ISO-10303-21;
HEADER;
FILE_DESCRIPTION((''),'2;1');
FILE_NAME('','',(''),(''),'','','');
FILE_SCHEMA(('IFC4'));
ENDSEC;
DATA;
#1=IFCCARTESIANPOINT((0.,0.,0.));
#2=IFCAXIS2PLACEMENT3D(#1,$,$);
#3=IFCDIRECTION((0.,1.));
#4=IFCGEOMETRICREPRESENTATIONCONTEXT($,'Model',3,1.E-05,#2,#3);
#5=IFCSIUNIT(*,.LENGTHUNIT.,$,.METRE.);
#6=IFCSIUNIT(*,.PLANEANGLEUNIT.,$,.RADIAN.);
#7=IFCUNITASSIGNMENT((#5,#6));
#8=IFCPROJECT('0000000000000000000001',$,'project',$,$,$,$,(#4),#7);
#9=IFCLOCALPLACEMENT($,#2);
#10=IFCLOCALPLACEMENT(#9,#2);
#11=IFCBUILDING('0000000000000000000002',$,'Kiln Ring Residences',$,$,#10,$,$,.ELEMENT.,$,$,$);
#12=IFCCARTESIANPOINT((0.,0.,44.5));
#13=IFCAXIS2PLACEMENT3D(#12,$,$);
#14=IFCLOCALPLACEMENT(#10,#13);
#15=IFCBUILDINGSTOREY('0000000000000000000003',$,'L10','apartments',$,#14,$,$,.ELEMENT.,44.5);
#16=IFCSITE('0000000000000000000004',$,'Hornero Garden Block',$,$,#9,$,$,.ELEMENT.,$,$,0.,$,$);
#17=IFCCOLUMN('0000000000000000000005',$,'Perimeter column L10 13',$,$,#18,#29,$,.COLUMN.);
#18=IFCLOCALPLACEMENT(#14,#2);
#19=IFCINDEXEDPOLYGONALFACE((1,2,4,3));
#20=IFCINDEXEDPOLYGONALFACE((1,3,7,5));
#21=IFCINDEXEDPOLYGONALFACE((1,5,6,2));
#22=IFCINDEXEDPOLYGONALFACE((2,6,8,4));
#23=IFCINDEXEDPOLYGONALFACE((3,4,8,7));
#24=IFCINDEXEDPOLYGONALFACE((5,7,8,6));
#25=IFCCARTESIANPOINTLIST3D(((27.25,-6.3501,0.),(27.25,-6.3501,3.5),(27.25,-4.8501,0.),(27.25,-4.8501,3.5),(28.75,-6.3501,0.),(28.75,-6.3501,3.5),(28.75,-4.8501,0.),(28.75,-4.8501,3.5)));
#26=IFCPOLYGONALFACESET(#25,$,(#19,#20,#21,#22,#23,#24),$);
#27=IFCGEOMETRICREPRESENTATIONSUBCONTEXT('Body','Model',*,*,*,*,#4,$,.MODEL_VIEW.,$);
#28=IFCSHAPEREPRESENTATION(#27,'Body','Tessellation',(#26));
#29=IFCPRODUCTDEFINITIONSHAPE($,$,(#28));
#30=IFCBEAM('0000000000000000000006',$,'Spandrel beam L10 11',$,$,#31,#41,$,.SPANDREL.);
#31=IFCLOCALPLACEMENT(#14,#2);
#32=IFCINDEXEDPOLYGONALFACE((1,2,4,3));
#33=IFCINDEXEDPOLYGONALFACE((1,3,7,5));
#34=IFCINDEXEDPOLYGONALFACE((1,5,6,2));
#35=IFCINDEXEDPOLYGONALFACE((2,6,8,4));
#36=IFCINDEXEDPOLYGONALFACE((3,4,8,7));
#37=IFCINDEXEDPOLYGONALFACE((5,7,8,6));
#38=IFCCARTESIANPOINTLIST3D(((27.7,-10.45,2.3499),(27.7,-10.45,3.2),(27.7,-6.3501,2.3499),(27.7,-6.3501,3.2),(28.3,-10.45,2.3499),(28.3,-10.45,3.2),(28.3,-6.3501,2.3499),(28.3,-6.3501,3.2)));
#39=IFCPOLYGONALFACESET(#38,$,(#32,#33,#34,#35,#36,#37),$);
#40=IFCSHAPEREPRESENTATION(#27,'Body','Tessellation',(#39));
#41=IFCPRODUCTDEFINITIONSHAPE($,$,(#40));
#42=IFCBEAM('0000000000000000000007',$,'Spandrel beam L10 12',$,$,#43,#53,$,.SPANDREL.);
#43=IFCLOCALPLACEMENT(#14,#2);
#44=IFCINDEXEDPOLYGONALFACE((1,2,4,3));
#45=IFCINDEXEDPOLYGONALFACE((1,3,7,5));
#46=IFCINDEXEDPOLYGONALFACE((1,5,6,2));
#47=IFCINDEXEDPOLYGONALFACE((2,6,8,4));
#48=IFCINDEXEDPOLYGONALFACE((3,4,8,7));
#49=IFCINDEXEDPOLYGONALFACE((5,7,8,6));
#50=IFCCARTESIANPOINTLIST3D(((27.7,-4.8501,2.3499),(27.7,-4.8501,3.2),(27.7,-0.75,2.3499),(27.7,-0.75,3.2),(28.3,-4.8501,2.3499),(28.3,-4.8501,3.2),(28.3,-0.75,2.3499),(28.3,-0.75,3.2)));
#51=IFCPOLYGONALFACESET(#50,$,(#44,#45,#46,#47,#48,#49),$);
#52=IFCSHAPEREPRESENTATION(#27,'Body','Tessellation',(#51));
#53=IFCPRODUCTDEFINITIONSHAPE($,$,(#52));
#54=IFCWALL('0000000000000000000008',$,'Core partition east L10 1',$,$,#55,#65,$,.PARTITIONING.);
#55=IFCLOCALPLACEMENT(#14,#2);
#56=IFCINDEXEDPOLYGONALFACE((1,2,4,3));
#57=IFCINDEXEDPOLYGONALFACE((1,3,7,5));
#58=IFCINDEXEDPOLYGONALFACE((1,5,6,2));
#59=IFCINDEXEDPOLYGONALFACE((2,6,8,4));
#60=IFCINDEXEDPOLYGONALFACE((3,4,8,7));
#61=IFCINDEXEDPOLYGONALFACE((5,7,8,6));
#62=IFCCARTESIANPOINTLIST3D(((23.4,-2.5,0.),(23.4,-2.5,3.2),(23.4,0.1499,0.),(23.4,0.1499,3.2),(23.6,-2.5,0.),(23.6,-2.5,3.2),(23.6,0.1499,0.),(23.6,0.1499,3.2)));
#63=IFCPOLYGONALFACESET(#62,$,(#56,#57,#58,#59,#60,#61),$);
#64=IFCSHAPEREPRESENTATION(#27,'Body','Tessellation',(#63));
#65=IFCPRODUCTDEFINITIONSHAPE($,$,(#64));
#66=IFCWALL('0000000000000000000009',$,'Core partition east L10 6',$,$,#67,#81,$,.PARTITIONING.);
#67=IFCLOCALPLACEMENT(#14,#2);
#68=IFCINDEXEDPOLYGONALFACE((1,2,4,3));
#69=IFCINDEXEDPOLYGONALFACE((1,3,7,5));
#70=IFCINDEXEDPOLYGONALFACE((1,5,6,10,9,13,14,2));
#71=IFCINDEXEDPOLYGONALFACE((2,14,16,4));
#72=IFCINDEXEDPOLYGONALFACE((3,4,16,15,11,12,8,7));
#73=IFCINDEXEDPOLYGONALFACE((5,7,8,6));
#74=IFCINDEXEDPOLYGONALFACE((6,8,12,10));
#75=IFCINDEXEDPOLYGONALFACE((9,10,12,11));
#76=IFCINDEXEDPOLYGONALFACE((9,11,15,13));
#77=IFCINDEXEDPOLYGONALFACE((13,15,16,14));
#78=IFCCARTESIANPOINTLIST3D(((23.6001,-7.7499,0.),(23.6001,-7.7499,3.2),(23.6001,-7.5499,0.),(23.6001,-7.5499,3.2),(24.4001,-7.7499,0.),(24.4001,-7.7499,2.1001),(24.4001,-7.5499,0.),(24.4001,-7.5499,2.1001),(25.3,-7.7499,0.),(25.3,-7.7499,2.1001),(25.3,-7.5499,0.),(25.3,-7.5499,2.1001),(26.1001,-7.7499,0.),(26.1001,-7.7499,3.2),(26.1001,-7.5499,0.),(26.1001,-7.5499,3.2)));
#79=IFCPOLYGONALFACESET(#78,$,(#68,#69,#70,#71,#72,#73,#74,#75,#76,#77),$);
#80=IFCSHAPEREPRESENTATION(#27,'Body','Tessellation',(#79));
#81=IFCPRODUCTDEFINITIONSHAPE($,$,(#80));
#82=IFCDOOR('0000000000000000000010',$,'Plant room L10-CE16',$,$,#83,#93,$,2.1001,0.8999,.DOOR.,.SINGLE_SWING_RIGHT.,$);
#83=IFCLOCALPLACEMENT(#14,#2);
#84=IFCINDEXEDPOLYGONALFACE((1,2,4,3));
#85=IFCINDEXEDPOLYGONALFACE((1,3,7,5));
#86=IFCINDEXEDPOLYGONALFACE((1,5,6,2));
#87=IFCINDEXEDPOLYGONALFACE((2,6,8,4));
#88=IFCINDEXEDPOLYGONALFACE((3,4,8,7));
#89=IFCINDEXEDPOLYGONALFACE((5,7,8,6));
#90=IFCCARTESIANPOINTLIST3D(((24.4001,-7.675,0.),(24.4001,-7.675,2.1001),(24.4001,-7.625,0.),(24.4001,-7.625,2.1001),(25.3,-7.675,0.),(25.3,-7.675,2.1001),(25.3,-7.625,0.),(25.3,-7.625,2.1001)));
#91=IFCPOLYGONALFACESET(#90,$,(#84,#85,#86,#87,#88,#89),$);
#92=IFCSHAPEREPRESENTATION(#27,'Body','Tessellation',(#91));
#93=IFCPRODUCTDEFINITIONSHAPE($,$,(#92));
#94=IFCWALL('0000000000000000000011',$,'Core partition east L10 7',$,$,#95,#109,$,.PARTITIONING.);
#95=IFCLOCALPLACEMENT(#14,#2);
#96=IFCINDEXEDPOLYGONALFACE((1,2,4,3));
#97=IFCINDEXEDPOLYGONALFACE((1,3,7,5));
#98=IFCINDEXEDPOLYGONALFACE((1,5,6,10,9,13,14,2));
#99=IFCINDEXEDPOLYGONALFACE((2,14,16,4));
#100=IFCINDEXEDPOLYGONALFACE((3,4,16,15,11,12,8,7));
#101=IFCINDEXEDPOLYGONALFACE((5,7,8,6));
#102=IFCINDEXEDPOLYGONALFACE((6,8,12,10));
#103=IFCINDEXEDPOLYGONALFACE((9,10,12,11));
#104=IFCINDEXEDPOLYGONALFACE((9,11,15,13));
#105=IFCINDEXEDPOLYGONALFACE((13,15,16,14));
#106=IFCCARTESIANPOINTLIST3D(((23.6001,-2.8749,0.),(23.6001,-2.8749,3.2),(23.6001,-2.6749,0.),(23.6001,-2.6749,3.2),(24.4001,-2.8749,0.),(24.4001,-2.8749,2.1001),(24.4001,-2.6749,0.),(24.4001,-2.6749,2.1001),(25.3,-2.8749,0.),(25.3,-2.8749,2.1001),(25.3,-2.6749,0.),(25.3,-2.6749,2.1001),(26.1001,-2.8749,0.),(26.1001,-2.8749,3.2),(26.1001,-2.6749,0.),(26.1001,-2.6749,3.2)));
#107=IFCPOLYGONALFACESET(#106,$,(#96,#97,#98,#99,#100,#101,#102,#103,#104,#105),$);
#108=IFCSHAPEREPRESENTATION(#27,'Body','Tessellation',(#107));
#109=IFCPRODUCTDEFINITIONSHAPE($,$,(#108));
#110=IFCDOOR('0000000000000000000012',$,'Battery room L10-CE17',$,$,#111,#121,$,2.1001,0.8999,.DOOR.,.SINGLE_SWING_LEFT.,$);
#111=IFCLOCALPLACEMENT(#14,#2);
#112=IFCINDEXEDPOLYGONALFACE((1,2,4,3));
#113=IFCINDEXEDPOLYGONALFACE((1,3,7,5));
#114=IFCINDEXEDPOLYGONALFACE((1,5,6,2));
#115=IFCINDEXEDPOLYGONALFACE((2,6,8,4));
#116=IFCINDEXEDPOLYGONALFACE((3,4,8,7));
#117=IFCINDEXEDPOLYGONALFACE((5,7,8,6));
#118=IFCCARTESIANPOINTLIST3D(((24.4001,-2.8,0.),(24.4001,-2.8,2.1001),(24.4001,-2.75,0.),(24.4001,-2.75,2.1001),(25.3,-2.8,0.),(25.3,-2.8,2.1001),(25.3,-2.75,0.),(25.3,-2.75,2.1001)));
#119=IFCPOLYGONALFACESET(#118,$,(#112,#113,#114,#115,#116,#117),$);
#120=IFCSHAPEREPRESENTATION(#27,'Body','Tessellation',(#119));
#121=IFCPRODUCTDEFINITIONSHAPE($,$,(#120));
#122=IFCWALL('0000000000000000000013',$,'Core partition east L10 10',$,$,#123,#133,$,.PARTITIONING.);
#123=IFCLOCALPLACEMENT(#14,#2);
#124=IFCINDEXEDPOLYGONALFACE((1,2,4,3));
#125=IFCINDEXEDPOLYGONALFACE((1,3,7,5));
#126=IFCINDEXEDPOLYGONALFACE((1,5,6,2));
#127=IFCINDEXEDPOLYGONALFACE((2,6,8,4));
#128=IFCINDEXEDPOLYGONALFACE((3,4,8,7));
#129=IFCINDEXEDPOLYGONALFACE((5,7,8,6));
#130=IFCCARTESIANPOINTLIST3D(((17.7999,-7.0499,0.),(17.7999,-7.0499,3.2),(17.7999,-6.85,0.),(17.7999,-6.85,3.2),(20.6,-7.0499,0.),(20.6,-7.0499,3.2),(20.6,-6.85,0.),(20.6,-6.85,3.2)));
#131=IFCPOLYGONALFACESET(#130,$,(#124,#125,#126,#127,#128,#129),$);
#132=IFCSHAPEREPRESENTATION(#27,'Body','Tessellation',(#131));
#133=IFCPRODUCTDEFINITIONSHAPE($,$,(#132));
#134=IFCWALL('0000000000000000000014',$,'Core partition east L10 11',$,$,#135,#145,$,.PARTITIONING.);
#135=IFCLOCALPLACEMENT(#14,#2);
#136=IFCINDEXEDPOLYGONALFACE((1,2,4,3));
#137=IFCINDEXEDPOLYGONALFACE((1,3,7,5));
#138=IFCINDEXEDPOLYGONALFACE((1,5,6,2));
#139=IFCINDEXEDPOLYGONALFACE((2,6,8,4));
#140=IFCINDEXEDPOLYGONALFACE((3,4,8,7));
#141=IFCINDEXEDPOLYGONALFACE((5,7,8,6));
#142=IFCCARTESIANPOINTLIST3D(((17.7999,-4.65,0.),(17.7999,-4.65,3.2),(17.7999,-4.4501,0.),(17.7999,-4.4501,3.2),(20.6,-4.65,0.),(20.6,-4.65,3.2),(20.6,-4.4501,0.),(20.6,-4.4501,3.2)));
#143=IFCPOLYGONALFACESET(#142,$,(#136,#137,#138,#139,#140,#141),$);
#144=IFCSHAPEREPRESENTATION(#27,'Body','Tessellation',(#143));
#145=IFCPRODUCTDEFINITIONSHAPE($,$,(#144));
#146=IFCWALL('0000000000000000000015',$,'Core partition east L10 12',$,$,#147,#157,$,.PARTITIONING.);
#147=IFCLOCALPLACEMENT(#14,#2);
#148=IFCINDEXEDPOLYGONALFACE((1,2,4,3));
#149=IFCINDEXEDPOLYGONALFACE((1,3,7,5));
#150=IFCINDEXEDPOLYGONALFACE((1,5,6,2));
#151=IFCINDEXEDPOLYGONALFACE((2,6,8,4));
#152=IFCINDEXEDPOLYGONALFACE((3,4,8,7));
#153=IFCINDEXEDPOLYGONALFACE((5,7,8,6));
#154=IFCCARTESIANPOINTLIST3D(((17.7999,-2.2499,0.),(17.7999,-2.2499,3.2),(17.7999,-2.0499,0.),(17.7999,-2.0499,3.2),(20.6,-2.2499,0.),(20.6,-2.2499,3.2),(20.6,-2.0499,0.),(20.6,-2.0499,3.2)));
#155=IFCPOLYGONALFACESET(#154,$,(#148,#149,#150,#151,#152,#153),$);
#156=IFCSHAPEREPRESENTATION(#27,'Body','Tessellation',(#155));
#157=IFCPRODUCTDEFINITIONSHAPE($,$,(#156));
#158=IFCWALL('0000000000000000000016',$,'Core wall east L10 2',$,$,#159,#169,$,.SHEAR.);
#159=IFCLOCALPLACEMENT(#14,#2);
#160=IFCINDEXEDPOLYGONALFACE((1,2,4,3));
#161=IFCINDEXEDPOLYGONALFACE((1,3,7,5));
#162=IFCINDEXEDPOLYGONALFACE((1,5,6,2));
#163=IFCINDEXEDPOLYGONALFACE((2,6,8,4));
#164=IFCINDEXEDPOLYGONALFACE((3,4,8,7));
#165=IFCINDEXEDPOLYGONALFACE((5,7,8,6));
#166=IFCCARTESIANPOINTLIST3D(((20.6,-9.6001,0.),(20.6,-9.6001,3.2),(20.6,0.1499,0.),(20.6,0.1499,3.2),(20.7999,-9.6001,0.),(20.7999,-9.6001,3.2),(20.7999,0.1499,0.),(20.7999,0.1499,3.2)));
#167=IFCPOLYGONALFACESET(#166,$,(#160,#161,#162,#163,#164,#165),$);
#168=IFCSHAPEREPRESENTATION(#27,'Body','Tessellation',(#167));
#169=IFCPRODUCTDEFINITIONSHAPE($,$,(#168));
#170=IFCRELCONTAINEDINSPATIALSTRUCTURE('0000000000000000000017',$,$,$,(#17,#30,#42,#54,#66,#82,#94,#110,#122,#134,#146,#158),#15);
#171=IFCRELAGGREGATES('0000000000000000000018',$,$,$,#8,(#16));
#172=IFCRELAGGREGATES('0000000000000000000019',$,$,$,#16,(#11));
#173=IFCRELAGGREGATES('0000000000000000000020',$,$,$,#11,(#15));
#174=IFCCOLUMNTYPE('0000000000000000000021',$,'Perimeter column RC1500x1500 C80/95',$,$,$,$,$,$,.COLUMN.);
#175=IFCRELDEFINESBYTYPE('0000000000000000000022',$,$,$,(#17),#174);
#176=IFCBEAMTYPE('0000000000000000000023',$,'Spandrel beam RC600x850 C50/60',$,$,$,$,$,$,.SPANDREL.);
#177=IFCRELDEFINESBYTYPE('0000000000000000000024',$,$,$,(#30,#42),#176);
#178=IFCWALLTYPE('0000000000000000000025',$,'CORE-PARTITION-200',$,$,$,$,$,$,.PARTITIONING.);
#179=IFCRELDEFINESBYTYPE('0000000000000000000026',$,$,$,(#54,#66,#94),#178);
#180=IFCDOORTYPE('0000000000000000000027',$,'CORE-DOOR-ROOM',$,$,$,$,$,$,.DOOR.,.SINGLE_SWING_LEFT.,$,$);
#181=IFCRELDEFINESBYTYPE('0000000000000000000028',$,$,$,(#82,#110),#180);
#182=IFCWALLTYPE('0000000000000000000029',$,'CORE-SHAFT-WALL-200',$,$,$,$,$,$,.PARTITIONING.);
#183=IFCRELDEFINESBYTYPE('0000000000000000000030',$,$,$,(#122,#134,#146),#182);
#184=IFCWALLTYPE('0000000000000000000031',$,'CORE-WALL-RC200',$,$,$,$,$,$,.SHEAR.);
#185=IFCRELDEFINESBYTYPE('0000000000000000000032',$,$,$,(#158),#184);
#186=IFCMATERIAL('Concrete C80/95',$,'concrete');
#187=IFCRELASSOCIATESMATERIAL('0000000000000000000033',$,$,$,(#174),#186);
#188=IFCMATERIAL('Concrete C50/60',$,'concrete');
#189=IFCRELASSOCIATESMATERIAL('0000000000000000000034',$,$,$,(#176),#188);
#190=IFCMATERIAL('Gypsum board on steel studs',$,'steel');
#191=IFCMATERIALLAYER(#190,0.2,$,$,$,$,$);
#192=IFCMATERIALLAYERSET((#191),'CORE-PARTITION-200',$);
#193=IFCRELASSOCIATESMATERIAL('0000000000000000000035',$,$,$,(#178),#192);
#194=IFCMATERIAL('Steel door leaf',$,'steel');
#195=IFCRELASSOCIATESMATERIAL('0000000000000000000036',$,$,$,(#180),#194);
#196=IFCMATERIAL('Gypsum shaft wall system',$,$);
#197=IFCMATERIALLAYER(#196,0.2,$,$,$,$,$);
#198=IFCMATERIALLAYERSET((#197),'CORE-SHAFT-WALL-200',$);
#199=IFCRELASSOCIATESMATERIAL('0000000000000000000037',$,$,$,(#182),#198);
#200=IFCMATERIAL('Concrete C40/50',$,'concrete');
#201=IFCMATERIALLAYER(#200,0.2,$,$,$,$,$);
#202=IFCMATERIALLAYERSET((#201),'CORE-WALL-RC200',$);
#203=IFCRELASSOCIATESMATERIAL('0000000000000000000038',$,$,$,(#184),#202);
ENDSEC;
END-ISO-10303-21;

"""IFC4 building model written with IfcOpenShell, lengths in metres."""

from ifc_helpers import new_model, si_unit, direction, frame, frame_2d, origin, origin_2d, place, context, subcontext, project, spatial, rectangle, extrude, material, layer, layer_set, material_profile, profile_set, type_object, element, fill, save


model = new_model("IFC4")

# Units and contexts
model_context = context("Model", 3, precision=1e-05, world=origin(), true_north=direction((0.0, 1.0)))
body_context = subcontext(model_context, "Body", "Model", "MODEL_VIEW")
ifc_project = project(units=[si_unit("LENGTHUNIT", "METRE"), si_unit("PLANEANGLEUNIT", "RADIAN")], contexts=[model_context])

# Site, building, storey
site_placement = place(None, origin())
site = spatial("IfcSite", under=ifc_project, at=site_placement, Name="Hornero Garden Block", CompositionType="ELEMENT", RefElevation=0.0)
building_placement = place(site_placement, origin())
building = spatial("IfcBuilding", under=site, at=building_placement, Name="Kiln Ring Residences", CompositionType="ELEMENT")
storey_placement = place(building_placement, frame((0.0, 0.0, 44.5)))
storey = spatial("IfcBuildingStorey", under=building, at=storey_placement, Name="L10", Description="apartments", CompositionType="ELEMENT", Elevation=44.5)

# Column
ifc_material_1 = material(Name="Concrete C80/95", Category="concrete")
ifc_material_profile_1 = material_profile(ifc_material_1, rectangle(XDim=1.5, YDim=1.5, at=origin_2d()), Name="RC1500x1500")
ifc_profile_set_1 = profile_set([ifc_material_profile_1], Name="Concrete C80/95")
column_type = type_object("IfcColumnType", Name="Perimeter column RC1500x1500 C80/95", PredefinedType="COLUMN", material=ifc_profile_set_1)
column_placement = place(storey_placement, frame((28.0, -5.6001, 0.0), z_axis=(0.0, 0.0, 1.0), x_axis=(1.0, 0.0, 0.0)))
element("IfcColumn", 1, at=column_placement, inside=storey, type_object=column_type, Name="Perimeter column L10 13", PredefinedType="COLUMN", context=body_context, shape_type="SweptSolid", body=[
    extrude(rectangle(XDim=1.5, YDim=1.5, at=origin_2d()), origin(), (0.0, 0.0, 1.0), 3.5),
])

# Beams
ifc_material_2 = material(Name="Concrete C50/60", Category="concrete")
ifc_material_profile_2 = material_profile(ifc_material_2, rectangle(XDim=0.6001, YDim=0.8501, at=origin_2d()), Name="RC600x850")
ifc_profile_set_2 = profile_set([ifc_material_profile_2], Name="Concrete C50/60")
beam_type = type_object("IfcBeamType", Name="Spandrel beam RC600x850 C50/60", PredefinedType="SPANDREL", material=ifc_profile_set_2)
beam_1_placement = place(storey_placement, frame((28.0, -10.45, 2.7749), z_axis=(0.0, 1.0, 0.0), x_axis=(-1.0, 0.0, 0.0)))
element("IfcBeam", 2, at=beam_1_placement, inside=storey, type_object=beam_type, Name="Spandrel beam L10 11", PredefinedType="SPANDREL", context=body_context, shape_type="SweptSolid", body=[
    extrude(rectangle(XDim=0.6001, YDim=0.8501, at=origin_2d()), origin(), (0.0, 0.0, 1.0), 4.0999),
])
beam_2_placement = place(storey_placement, frame((28.0, -4.8501, 2.7749), z_axis=(0.0, 1.0, 0.0), x_axis=(-1.0, 0.0, 0.0)))
element("IfcBeam", 3, at=beam_2_placement, inside=storey, type_object=beam_type, Name="Spandrel beam L10 12", PredefinedType="SPANDREL", context=body_context, shape_type="SweptSolid", body=[
    extrude(rectangle(XDim=0.6001, YDim=0.8501, at=origin_2d()), origin(), (0.0, 0.0, 1.0), 4.1001),
])

# Wall
ifc_material_3 = material(Name="Gypsum board on steel studs", Category="steel")
ifc_layer_1 = layer(ifc_material_3, 0.2)
ifc_layer_set_1 = layer_set([ifc_layer_1], Name="CORE-PARTITION-200")
wall_type_1 = type_object("IfcWallType", Name="CORE-PARTITION-200", PredefinedType="PARTITIONING", material=ifc_layer_set_1)
wall_1_placement = place(storey_placement, frame((23.5, -2.5, 0.0), z_axis=(0.0, 0.0, 1.0), x_axis=(0.0, 1.0, 0.0)))
element("IfcWall", 4, at=wall_1_placement, inside=storey, type_object=wall_type_1, Name="Core partition east L10 1", PredefinedType="PARTITIONING", context=body_context, shape_type="SweptSolid", body=[
    extrude(rectangle(XDim=2.6499, YDim=0.2, at=frame_2d((1.325, 0.0))), origin(), (0.0, 0.0, 1.0), 3.2),
])

# Walls, openings, doors
wall_2_placement = place(storey_placement, frame((23.6001, -7.6499, 0.0), z_axis=(0.0, 0.0, 1.0), x_axis=(1.0, 0.0, 0.0)))
wall_2 = element("IfcWall", 5, at=wall_2_placement, inside=storey, type_object=wall_type_1, Name="Core partition east L10 6", PredefinedType="PARTITIONING", context=body_context, shape_type="SweptSolid", body=[
    extrude(rectangle(XDim=2.5, YDim=0.2, at=frame_2d((1.25, 0.0))), origin(), (0.0, 0.0, 1.0), 3.2),
])
opening_1_placement = place(wall_2_placement, frame((0.8, 0.0, 0.0)))
opening_1 = element("IfcOpeningElement", 6, at=opening_1_placement, cuts=wall_2, PredefinedType="OPENING", context=body_context, shape_type="SweptSolid", body=[
    extrude(rectangle(XDim=0.8999, YDim=2.1001, at=frame_2d((0.45, 1.05))), frame((0.0, 0.1099, 0.0), z_axis=(0.0, -1.0, 0.0), x_axis=(1.0, 0.0, 0.0)), (0.0, 0.0, 1.0), 0.22),
])
ifc_material_4 = material(Name="Steel door leaf", Category="steel")
door_type_1 = type_object("IfcDoorType", Name="CORE-DOOR-ROOM", OperationType="SINGLE_SWING_LEFT", PredefinedType="DOOR", material=ifc_material_4)
door_1_placement = place(opening_1_placement, origin())
door_1 = element("IfcDoor", 7, at=door_1_placement, inside=storey, type_object=door_type_1, Name="Plant room L10-CE16", OperationType="SINGLE_SWING_RIGHT", OverallHeight=2.1001, OverallWidth=0.8999, PredefinedType="DOOR", context=body_context, shape_type="SweptSolid", body=[
    extrude(rectangle(XDim=0.8999, YDim=2.1001, at=frame_2d((0.45, 1.05))), frame((0.0, 0.0249, 0.0), z_axis=(0.0, -1.0, 0.0), x_axis=(1.0, 0.0, 0.0)), (0.0, 0.0, 1.0), 0.05),
])
fill(opening_1, door_1)
wall_3_placement = place(storey_placement, frame((23.6001, -2.7749, 0.0), z_axis=(0.0, 0.0, 1.0), x_axis=(1.0, 0.0, 0.0)))
wall_3 = element("IfcWall", 8, at=wall_3_placement, inside=storey, type_object=wall_type_1, Name="Core partition east L10 7", PredefinedType="PARTITIONING", context=body_context, shape_type="SweptSolid", body=[
    extrude(rectangle(XDim=2.5, YDim=0.2, at=frame_2d((1.25, 0.0))), origin(), (0.0, 0.0, 1.0), 3.2),
])
opening_2_placement = place(wall_3_placement, frame((0.8, 0.0, 0.0)))
opening_2 = element("IfcOpeningElement", 9, at=opening_2_placement, cuts=wall_3, PredefinedType="OPENING", context=body_context, shape_type="SweptSolid", body=[
    extrude(rectangle(XDim=0.8999, YDim=2.1001, at=frame_2d((0.45, 1.05))), frame((0.0, 0.1099, 0.0), z_axis=(0.0, -1.0, 0.0), x_axis=(1.0, 0.0, 0.0)), (0.0, 0.0, 1.0), 0.22),
])
door_2_placement = place(opening_2_placement, origin())
door_2 = element("IfcDoor", 10, at=door_2_placement, inside=storey, type_object=door_type_1, Name="Battery room L10-CE17", OperationType="SINGLE_SWING_LEFT", OverallHeight=2.1001, OverallWidth=0.8999, PredefinedType="DOOR", context=body_context, shape_type="SweptSolid", body=[
    extrude(rectangle(XDim=0.8999, YDim=2.1001, at=frame_2d((0.45, 1.05))), frame((0.0, 0.0249, 0.0), z_axis=(0.0, -1.0, 0.0), x_axis=(1.0, 0.0, 0.0)), (0.0, 0.0, 1.0), 0.05),
])
fill(opening_2, door_2)

# Walls
ifc_material_5 = material(Name="Gypsum shaft wall system")
ifc_layer_2 = layer(ifc_material_5, 0.2)
ifc_layer_set_2 = layer_set([ifc_layer_2], Name="CORE-SHAFT-WALL-200")
wall_type_2 = type_object("IfcWallType", Name="CORE-SHAFT-WALL-200", PredefinedType="PARTITIONING", material=ifc_layer_set_2)
for number, where, z_axis, x_axis, name in (
    (11, (17.8, -6.95, 0.0), (0.0, 0.0, 1.0), (1.0, 0.0, 0.0), "Core partition east L10 10"),
    (12, (17.8, -4.55, 0.0), (0.0, 0.0, 1.0), (1.0, 0.0, 0.0), "Core partition east L10 11"),
    (13, (17.8, -2.1499, 0.0), (0.0, 0.0, 1.0), (1.0, 0.0, 0.0), "Core partition east L10 12"),
):
    element("IfcWall", number, at=place(storey_placement, frame(where, z_axis=z_axis, x_axis=x_axis)), inside=storey, type_object=wall_type_2, Name=name, PredefinedType="PARTITIONING", context=body_context, shape_type="SweptSolid", body=[
        extrude(rectangle(XDim=2.8, YDim=0.2, at=frame_2d((1.3999, 0.0))), origin(), (0.0, 0.0, 1.0), 3.2),
    ])
ifc_material_6 = material(Name="Concrete C40/50", Category="concrete")
ifc_layer_3 = layer(ifc_material_6, 0.2)
ifc_layer_set_3 = layer_set([ifc_layer_3], Name="CORE-WALL-RC200")
wall_type_3 = type_object("IfcWallType", Name="CORE-WALL-RC200", PredefinedType="SHEAR", material=ifc_layer_set_3)
wall_4_placement = place(storey_placement, frame((20.7, -9.6001, 0.0), z_axis=(0.0, 0.0, 1.0), x_axis=(0.0, 1.0, 0.0)))
element("IfcWall", 14, at=wall_4_placement, inside=storey, type_object=wall_type_3, Name="Core wall east L10 2", PredefinedType="SHEAR", context=body_context, shape_type="SweptSolid", body=[
    extrude(rectangle(XDim=9.75, YDim=0.2, at=frame_2d((4.875, 0.0))), origin(), (0.0, 0.0, 1.0), 3.2),
])

save(model, "model.ifc")
